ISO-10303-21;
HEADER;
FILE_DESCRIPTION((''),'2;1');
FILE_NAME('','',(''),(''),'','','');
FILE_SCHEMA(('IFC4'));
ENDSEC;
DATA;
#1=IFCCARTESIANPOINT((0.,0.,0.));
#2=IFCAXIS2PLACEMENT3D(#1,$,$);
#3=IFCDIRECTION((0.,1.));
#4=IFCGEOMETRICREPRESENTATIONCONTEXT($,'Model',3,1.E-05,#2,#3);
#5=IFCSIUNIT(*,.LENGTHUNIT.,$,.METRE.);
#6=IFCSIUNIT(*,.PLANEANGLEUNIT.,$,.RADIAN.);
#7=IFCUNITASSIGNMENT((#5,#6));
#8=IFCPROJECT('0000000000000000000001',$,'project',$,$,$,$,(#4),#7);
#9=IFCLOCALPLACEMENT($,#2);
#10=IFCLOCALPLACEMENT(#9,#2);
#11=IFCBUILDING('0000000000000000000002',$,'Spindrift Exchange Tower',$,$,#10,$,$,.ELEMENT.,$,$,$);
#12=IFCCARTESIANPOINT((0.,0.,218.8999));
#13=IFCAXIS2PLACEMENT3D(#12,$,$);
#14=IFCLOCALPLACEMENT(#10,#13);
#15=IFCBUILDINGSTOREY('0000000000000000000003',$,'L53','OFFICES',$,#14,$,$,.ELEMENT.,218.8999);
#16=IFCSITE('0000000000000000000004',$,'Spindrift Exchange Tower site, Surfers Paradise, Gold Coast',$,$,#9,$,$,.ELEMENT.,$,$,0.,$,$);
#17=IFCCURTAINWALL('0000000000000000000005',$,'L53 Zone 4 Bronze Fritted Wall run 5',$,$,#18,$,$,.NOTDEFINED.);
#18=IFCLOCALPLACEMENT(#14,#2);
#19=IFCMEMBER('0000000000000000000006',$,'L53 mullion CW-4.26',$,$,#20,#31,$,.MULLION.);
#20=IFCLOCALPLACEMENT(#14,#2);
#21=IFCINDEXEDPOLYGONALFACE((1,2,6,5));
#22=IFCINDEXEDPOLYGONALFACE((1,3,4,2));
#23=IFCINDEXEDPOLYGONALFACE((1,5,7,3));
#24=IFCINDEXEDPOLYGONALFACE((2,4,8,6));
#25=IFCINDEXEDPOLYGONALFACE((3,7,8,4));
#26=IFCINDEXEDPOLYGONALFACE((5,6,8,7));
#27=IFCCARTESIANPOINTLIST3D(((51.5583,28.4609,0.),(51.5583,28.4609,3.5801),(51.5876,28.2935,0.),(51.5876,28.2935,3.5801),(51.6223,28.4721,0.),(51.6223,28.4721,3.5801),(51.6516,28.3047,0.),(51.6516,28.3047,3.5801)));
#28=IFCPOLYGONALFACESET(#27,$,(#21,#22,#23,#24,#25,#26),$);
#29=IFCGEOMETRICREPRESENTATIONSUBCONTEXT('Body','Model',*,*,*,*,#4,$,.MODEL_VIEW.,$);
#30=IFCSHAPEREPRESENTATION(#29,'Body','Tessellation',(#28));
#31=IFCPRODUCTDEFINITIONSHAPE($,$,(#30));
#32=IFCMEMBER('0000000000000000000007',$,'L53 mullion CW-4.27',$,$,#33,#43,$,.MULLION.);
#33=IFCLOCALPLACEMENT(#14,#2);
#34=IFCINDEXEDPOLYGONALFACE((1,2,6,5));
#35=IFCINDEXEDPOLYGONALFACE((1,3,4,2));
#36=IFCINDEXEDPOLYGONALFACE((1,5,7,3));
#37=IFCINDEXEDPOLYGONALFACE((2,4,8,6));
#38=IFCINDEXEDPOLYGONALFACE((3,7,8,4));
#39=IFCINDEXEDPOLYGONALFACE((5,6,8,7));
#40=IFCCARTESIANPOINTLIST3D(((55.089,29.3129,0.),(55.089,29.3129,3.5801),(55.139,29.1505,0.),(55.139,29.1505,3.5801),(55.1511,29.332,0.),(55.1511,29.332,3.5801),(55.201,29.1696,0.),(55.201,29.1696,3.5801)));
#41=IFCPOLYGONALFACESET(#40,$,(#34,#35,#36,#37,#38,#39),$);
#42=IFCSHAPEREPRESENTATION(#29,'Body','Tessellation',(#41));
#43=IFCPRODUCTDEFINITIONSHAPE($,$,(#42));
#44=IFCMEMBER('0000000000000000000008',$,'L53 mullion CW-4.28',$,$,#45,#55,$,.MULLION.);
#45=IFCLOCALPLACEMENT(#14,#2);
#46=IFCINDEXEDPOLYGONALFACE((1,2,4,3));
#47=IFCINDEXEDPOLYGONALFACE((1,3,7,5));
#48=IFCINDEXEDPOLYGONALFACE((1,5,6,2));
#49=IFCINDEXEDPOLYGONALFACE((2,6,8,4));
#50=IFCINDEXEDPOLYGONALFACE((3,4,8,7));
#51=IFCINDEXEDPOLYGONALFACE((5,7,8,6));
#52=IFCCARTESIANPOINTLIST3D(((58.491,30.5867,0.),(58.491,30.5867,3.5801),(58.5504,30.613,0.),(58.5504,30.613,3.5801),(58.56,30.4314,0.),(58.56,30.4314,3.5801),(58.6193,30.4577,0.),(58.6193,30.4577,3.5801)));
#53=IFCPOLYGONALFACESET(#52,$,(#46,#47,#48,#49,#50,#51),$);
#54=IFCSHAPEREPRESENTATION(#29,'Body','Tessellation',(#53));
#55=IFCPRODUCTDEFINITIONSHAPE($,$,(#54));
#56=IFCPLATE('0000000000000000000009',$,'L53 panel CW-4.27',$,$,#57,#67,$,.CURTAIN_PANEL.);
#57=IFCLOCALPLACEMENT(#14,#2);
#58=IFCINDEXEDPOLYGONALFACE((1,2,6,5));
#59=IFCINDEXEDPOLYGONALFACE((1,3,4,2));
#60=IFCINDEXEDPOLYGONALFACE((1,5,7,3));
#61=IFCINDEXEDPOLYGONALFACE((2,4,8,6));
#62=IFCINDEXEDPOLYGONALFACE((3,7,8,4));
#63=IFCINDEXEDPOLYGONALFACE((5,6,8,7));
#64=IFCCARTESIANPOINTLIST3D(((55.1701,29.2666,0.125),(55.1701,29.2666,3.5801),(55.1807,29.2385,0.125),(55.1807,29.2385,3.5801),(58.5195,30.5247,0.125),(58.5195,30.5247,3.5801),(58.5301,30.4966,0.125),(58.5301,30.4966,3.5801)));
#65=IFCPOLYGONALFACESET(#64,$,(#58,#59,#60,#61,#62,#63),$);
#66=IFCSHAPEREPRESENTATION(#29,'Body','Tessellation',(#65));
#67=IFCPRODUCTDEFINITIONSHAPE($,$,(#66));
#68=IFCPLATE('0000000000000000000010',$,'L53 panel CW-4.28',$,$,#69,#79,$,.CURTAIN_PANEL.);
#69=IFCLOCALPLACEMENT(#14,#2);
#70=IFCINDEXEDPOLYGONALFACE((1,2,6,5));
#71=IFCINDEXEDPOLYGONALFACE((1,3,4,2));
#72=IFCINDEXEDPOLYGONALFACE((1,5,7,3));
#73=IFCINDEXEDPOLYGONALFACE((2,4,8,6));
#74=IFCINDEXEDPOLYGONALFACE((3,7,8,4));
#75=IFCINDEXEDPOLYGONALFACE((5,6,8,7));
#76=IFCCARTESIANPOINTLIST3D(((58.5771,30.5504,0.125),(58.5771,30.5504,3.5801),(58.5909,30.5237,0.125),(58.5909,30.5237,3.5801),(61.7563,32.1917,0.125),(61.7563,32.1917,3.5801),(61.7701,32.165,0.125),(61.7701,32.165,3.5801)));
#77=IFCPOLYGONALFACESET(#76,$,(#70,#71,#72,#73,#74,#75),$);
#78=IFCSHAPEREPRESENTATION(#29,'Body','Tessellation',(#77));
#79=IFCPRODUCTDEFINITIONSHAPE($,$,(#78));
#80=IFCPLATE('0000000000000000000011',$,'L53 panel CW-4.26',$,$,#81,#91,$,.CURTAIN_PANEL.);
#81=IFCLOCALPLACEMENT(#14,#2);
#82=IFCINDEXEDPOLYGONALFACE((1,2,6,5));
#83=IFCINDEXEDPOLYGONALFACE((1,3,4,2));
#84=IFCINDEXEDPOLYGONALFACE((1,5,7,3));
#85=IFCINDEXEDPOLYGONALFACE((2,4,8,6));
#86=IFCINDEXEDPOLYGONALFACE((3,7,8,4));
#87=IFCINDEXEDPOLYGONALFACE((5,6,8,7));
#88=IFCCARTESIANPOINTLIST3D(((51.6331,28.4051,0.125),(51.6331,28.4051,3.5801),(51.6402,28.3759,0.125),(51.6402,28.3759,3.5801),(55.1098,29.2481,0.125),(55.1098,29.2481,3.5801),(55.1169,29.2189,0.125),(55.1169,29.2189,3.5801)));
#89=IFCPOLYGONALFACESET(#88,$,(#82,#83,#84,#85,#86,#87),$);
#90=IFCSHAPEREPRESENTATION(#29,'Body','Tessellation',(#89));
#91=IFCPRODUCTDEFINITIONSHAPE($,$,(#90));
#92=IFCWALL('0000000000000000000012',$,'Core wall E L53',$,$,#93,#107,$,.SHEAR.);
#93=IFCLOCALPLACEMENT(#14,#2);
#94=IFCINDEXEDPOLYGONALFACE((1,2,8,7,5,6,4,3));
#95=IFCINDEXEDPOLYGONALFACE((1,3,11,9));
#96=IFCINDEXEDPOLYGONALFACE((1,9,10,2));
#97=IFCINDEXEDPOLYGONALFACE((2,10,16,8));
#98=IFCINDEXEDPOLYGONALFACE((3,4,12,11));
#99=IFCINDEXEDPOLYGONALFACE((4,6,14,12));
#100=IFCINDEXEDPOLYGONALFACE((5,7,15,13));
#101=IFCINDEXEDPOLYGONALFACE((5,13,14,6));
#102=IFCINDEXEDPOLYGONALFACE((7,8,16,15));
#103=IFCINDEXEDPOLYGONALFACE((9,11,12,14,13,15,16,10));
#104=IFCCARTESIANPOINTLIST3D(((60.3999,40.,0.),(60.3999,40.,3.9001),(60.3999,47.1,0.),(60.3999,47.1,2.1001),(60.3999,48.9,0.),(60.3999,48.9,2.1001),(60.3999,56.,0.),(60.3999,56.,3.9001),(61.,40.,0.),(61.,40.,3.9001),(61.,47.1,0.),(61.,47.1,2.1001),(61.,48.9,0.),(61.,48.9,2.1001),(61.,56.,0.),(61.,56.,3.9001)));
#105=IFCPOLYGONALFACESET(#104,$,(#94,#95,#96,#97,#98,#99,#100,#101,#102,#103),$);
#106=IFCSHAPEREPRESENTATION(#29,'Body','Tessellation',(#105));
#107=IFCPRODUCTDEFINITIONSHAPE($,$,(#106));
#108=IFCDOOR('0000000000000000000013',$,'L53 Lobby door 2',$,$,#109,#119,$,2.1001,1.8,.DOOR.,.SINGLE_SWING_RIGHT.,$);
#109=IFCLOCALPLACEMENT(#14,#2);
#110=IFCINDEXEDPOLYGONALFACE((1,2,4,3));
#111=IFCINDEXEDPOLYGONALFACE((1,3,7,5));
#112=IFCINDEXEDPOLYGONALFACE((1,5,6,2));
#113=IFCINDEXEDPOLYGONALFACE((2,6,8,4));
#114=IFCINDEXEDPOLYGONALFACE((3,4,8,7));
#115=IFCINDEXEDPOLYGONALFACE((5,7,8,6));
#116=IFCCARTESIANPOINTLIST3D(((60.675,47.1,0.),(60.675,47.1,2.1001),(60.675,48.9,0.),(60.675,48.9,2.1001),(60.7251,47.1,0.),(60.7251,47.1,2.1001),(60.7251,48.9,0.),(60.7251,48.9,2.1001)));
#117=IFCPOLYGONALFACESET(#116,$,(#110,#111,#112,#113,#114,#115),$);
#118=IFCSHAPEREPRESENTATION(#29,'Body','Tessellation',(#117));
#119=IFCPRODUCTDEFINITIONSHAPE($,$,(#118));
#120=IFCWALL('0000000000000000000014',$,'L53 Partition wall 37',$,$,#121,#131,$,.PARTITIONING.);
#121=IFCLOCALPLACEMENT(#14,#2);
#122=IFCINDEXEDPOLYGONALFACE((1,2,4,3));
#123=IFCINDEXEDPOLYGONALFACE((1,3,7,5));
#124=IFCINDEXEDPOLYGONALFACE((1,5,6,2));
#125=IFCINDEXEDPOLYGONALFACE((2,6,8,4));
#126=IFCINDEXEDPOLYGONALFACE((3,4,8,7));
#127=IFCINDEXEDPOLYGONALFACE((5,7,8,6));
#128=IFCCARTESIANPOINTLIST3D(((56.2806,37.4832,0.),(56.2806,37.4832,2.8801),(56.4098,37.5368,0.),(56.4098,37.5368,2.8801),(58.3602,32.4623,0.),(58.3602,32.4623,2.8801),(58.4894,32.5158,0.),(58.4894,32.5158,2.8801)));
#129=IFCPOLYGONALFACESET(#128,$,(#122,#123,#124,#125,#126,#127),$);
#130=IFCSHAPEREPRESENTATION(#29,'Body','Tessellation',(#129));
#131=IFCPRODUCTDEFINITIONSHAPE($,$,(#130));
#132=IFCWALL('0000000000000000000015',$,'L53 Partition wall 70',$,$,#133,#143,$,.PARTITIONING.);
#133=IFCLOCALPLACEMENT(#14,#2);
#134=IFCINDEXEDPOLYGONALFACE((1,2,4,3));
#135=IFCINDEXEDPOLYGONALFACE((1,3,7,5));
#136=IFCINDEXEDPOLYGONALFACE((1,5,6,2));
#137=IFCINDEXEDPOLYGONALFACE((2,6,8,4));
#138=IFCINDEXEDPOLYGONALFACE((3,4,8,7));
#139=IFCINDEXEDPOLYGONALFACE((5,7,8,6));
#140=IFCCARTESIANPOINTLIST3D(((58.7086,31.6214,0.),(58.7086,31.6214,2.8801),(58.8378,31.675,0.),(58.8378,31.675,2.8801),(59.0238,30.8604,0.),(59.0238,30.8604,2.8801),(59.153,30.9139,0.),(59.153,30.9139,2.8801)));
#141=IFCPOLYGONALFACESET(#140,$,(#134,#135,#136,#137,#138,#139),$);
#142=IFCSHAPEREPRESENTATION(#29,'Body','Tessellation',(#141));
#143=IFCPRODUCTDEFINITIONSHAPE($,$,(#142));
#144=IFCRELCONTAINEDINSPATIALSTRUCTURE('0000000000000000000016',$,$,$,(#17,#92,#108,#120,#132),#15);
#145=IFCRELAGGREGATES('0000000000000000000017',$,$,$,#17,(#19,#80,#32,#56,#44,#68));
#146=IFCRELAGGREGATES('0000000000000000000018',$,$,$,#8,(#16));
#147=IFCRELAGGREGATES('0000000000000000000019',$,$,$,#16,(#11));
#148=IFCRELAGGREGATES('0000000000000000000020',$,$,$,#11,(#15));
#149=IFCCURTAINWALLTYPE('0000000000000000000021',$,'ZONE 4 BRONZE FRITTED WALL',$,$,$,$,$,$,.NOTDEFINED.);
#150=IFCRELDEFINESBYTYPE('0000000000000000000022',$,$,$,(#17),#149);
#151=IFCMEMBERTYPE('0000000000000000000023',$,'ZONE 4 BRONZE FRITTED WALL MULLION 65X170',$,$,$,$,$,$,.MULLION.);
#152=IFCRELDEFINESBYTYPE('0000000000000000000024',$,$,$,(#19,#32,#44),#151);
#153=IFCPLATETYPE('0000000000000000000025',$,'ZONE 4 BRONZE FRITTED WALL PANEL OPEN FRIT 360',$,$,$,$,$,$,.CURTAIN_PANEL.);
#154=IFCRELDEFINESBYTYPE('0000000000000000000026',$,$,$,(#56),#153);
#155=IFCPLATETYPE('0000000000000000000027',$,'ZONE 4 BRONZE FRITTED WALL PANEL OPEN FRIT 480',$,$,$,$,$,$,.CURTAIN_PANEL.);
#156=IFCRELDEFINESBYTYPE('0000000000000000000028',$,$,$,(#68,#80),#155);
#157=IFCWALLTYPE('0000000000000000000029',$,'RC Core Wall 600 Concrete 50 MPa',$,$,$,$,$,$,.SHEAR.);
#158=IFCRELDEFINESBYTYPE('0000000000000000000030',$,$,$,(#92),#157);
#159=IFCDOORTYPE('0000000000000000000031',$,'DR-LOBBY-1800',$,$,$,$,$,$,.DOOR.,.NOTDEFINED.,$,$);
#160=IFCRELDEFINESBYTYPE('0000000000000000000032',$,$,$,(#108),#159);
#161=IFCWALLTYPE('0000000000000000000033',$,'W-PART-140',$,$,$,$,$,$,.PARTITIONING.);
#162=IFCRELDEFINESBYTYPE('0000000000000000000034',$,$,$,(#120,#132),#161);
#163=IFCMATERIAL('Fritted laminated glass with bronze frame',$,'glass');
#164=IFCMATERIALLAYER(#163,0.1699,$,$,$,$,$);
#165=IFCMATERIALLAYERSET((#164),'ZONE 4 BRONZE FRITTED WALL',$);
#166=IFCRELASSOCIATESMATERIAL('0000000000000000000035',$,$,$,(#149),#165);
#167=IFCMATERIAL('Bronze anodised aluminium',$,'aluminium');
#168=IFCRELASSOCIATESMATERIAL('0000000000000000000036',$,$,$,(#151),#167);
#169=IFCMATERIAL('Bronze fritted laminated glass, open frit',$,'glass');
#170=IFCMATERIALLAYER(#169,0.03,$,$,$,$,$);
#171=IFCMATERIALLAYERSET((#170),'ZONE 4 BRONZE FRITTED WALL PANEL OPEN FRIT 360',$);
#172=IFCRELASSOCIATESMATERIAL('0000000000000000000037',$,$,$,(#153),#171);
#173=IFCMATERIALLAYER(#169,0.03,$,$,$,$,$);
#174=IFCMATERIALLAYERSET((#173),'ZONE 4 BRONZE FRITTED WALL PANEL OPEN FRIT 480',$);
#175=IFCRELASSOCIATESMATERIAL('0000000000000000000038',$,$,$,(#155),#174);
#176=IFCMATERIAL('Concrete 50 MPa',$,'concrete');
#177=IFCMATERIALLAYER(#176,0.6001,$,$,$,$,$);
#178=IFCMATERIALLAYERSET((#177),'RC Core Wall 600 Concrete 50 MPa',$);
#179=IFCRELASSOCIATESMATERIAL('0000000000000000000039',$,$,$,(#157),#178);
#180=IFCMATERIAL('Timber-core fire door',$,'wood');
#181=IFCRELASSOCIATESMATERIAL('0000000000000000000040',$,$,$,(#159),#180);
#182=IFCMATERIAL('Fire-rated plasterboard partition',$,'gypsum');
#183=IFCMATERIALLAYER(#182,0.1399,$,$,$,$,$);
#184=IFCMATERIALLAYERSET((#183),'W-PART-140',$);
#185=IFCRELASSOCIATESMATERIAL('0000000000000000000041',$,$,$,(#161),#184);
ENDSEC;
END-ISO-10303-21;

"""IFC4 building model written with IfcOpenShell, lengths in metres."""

from ifc_helpers import new_model, si_unit, direction, frame, frame_2d, origin, origin_2d, place, context, subcontext, project, spatial, rectangle, extrude, source, transform, mapped, material, layer, layer_set, material_profile, profile_set, type_object, element, fill, aggregate, save


model = new_model("IFC4")

# Units and contexts
model_context = context("Model", 3, precision=1e-05, world=origin(), true_north=direction((0.0, 1.0)))
body_context = subcontext(model_context, "Body", "Model", "MODEL_VIEW")
ifc_project = project(units=[si_unit("LENGTHUNIT", "METRE"), si_unit("PLANEANGLEUNIT", "RADIAN")], contexts=[model_context])

# Site, building, storey
site_placement = place(None, origin())
site = spatial("IfcSite", under=ifc_project, at=site_placement, Name="Spindrift Exchange Tower site, Surfers Paradise, Gold Coast", CompositionType="ELEMENT", RefElevation=0.0)
building_placement = place(site_placement, origin())
building = spatial("IfcBuilding", under=site, at=building_placement, Name="Spindrift Exchange Tower", CompositionType="ELEMENT")
storey_placement = place(building_placement, frame((0.0, 0.0, 218.8999)))
storey = spatial("IfcBuildingStorey", under=building, at=storey_placement, Name="L53", Description="OFFICES", CompositionType="ELEMENT", Elevation=218.8999)

# Shared definitions
ifc_material_1 = material(Name="Concrete 50 MPa", Category="concrete")

# Curtain wall, members, plates
ifc_material_2 = material(Name="Fritted laminated glass with bronze frame", Category="glass")
ifc_layer_1 = layer(ifc_material_2, 0.1699)
ifc_layer_set_1 = layer_set([ifc_layer_1], Name="ZONE 4 BRONZE FRITTED WALL")
curtain_wall_type = type_object("IfcCurtainWallType", Name="ZONE 4 BRONZE FRITTED WALL", PredefinedType="NOTDEFINED", material=ifc_layer_set_1)
curtain_wall_placement = place(storey_placement, origin())
curtain_wall = element("IfcCurtainWall", 1, at=curtain_wall_placement, inside=storey, type_object=curtain_wall_type, Name="L53 Zone 4 Bronze Fritted Wall run 5", PredefinedType="NOTDEFINED")
ifc_material_3 = material(Name="Bronze anodised aluminium", Category="aluminium")
ifc_material_profile_1 = material_profile(ifc_material_3, rectangle(XDim=0.0649, YDim=0.1699, at=origin_2d()), Name="ZONE 4 BRONZE FRITTED WALL MULLION 65X170")
ifc_profile_set_1 = profile_set([ifc_material_profile_1], Name="Bronze anodised aluminium")
member_type_1 = type_object("IfcMemberType", Name="ZONE 4 BRONZE FRITTED WALL MULLION 65X170", PredefinedType="MULLION", material=ifc_profile_set_1)
shared_shape_1 = source(origin(), body_context, "Body", "SweptSolid", [
    extrude(rectangle(XDim=0.0649, YDim=0.1699, at=origin_2d()), origin(), (0.0, 0.0, 1.0), 3.5801),
])
member_1_placement = place(storey_placement, frame((51.605, 28.3828, 0.0), z_axis=(0.0, 0.0, 1.0), x_axis=(0.985029, 0.17239, 0.0)))
member_1 = element("IfcMember", 2, at=member_1_placement, type_object=member_type_1, Name="L53 mullion CW-4.26", PredefinedType="MULLION", context=body_context, shape_type="MappedRepresentation", body=[
    mapped(shared_shape_1, transform((0.0, 0.0, 0.0), scale=1.0)),
])
member_2_placement = place(storey_placement, frame((55.145, 29.2412, 0.0), z_axis=(0.0, 0.0, 1.0), x_axis=(0.955749, 0.294185, 0.0)))
member_2 = element("IfcMember", 3, at=member_2_placement, type_object=member_type_1, Name="L53 mullion CW-4.27", PredefinedType="MULLION", context=body_context, shape_type="MappedRepresentation", body=[
    mapped(shared_shape_1, transform((0.0, 0.0, 0.0), scale=1.0)),
])
member_3_placement = place(storey_placement, frame((58.5552, 30.5222, 0.0), z_axis=(0.0, 0.0, 1.0), x_axis=(0.913927, 0.405878, 0.0)))
member_3 = element("IfcMember", 4, at=member_3_placement, type_object=member_type_1, Name="L53 mullion CW-4.28", PredefinedType="MULLION", context=body_context, shape_type="MappedRepresentation", body=[
    mapped(shared_shape_1, transform((0.0, 0.0, 0.0), scale=1.0)),
])
ifc_material_4 = material(Name="Bronze fritted laminated glass, open frit", Category="glass")
ifc_layer_2 = layer(ifc_material_4, 0.03)
ifc_layer_set_2 = layer_set([ifc_layer_2], Name="ZONE 4 BRONZE FRITTED WALL PANEL OPEN FRIT 360")
plate_type_1 = type_object("IfcPlateType", Name="ZONE 4 BRONZE FRITTED WALL PANEL OPEN FRIT 360", PredefinedType="CURTAIN_PANEL", material=ifc_layer_set_2)
shared_shape_2 = source(origin(), body_context, "Body", "SweptSolid", [
    extrude(rectangle(XDim=3.5779, YDim=0.03, at=origin_2d()), origin(), (0.0, 0.0, 1.0), 3.4551),
])
plate_1_placement = place(storey_placement, frame((56.8501, 29.8816, 0.125), z_axis=(0.0, 0.0, 1.0), x_axis=(0.936142, 0.351623, 0.0)))
plate_1 = element("IfcPlate", 5, at=plate_1_placement, type_object=plate_type_1, Name="L53 panel CW-4.27", PredefinedType="CURTAIN_PANEL", context=body_context, shape_type="MappedRepresentation", body=[
    mapped(shared_shape_2, transform((0.0, 0.0, 0.0), scale=1.0)),
])
ifc_layer_3 = layer(ifc_material_4, 0.03)
ifc_layer_set_3 = layer_set([ifc_layer_3], Name="ZONE 4 BRONZE FRITTED WALL PANEL OPEN FRIT 480")
plate_type_2 = type_object("IfcPlateType", Name="ZONE 4 BRONZE FRITTED WALL PANEL OPEN FRIT 480", PredefinedType="CURTAIN_PANEL", material=ifc_layer_set_3)
shared_shape_3 = source(origin(), body_context, "Body", "SweptSolid", [
    extrude(rectangle(XDim=3.5779, YDim=0.03, at=origin_2d()), origin(), (0.0, 0.0, 1.0), 3.4551),
])
plate_2_placement = place(storey_placement, frame((60.1736, 31.3577, 0.125), z_axis=(0.0, 0.0, 1.0), x_axis=(0.888572, 0.458738, 0.0)))
plate_2 = element("IfcPlate", 6, at=plate_2_placement, type_object=plate_type_2, Name="L53 panel CW-4.28", PredefinedType="CURTAIN_PANEL", context=body_context, shape_type="MappedRepresentation", body=[
    mapped(shared_shape_3, transform((0.0, 0.0, 0.0), scale=1.0)),
])
shared_shape_4 = source(origin(), body_context, "Body", "SweptSolid", [
    extrude(rectangle(XDim=3.5774, YDim=0.03, at=origin_2d()), origin(), (0.0, 0.0, 1.0), 3.4551),
])
plate_3_placement = place(storey_placement, frame((53.375, 28.812, 0.125), z_axis=(0.0, 0.0, 1.0), x_axis=(0.971835, 0.235663, 0.0)))
plate_3 = element("IfcPlate", 7, at=plate_3_placement, type_object=plate_type_2, Name="L53 panel CW-4.26", PredefinedType="CURTAIN_PANEL", context=body_context, shape_type="MappedRepresentation", body=[
    mapped(shared_shape_4, transform((0.0, 0.0, 0.0), scale=1.0)),
])
aggregate(curtain_wall, [member_1, plate_3, member_2, plate_1, member_3, plate_2])

# Wall, opening, door
ifc_layer_4 = layer(ifc_material_1, 0.6001)
ifc_layer_set_4 = layer_set([ifc_layer_4], Name="RC Core Wall 600 Concrete 50 MPa")
wall_type_1 = type_object("IfcWallType", Name="RC Core Wall 600 Concrete 50 MPa", PredefinedType="SHEAR", material=ifc_layer_set_4)
wall_1_placement = place(storey_placement, frame((60.7, 40.0, 0.0), z_axis=(0.0, 0.0, 1.0), x_axis=(0.0, 1.0, 0.0)))
wall_1 = element("IfcWall", 8, at=wall_1_placement, inside=storey, type_object=wall_type_1, Name="Core wall E L53", PredefinedType="SHEAR", context=body_context, shape_type="SweptSolid", body=[
    extrude(rectangle(XDim=16.0, YDim=0.6001, at=frame_2d((8.0, 0.0))), origin(), (0.0, 0.0, 1.0), 3.9001),
])
opening_placement = place(wall_1_placement, frame((7.1001, 0.0, 0.0)))
opening = element("IfcOpeningElement", 9, at=opening_placement, cuts=wall_1, PredefinedType="OPENING", context=body_context, shape_type="SweptSolid", body=[
    extrude(rectangle(XDim=1.8, YDim=2.1001, at=frame_2d((0.8999, 1.05))), frame((0.0, 0.3101, 0.0), z_axis=(0.0, -1.0, 0.0), x_axis=(1.0, 0.0, 0.0)), (0.0, 0.0, 1.0), 0.6201),
])
ifc_material_5 = material(Name="Timber-core fire door", Category="wood")
door_type = type_object("IfcDoorType", Name="DR-LOBBY-1800", OperationType="NOTDEFINED", PredefinedType="DOOR", material=ifc_material_5)
shared_shape_5 = source(origin(), body_context, "Body", "SweptSolid", [
    extrude(rectangle(XDim=1.8, YDim=2.1001, at=frame_2d((0.8999, 1.05))), frame((0.0, 0.0249, 0.0), z_axis=(0.0, -1.0, 0.0), x_axis=(1.0, 0.0, 0.0)), (0.0, 0.0, 1.0), 0.05),
])
door_placement = place(opening_placement, origin())
door = element("IfcDoor", 10, at=door_placement, inside=storey, type_object=door_type, Name="L53 Lobby door 2", OperationType="SINGLE_SWING_RIGHT", OverallHeight=2.1001, OverallWidth=1.8, PredefinedType="DOOR", context=body_context, shape_type="MappedRepresentation", body=[
    mapped(shared_shape_5, transform((0.0, 0.0, 0.0), scale=1.0)),
])
fill(opening, door)

# Walls
ifc_material_6 = material(Name="Fire-rated plasterboard partition", Category="gypsum")
ifc_layer_5 = layer(ifc_material_6, 0.1399)
ifc_layer_set_5 = layer_set([ifc_layer_5], Name="W-PART-140")
wall_type_2 = type_object("IfcWallType", Name="W-PART-140", PredefinedType="PARTITIONING", material=ifc_layer_set_5)
wall_2_placement = place(storey_placement, frame((56.3452, 37.51, 0.0), z_axis=(0.0, 0.0, 1.0), x_axis=(0.382656, -0.923891, 0.0)))
element("IfcWall", 11, at=wall_2_placement, inside=storey, type_object=wall_type_2, Name="L53 Partition wall 37", PredefinedType="PARTITIONING", context=body_context, shape_type="SweptSolid", body=[
    extrude(rectangle(XDim=5.4346, YDim=0.1399, at=frame_2d((2.7173, 0.0))), origin(), (0.0, 0.0, 1.0), 2.8801),
])
wall_3_placement = place(storey_placement, frame((58.7732, 31.6482, 0.0), z_axis=(0.0, 0.0, 1.0), x_axis=(0.382657, -0.92389, 0.0)))
element("IfcWall", 12, at=wall_3_placement, inside=storey, type_object=wall_type_2, Name="L53 Partition wall 70", PredefinedType="PARTITIONING", context=body_context, shape_type="SweptSolid", body=[
    extrude(rectangle(XDim=0.8237, YDim=0.1399, at=frame_2d((0.4119, 0.0))), origin(), (0.0, 0.0, 1.0), 2.8801),
])

save(model, "model.ifc")
